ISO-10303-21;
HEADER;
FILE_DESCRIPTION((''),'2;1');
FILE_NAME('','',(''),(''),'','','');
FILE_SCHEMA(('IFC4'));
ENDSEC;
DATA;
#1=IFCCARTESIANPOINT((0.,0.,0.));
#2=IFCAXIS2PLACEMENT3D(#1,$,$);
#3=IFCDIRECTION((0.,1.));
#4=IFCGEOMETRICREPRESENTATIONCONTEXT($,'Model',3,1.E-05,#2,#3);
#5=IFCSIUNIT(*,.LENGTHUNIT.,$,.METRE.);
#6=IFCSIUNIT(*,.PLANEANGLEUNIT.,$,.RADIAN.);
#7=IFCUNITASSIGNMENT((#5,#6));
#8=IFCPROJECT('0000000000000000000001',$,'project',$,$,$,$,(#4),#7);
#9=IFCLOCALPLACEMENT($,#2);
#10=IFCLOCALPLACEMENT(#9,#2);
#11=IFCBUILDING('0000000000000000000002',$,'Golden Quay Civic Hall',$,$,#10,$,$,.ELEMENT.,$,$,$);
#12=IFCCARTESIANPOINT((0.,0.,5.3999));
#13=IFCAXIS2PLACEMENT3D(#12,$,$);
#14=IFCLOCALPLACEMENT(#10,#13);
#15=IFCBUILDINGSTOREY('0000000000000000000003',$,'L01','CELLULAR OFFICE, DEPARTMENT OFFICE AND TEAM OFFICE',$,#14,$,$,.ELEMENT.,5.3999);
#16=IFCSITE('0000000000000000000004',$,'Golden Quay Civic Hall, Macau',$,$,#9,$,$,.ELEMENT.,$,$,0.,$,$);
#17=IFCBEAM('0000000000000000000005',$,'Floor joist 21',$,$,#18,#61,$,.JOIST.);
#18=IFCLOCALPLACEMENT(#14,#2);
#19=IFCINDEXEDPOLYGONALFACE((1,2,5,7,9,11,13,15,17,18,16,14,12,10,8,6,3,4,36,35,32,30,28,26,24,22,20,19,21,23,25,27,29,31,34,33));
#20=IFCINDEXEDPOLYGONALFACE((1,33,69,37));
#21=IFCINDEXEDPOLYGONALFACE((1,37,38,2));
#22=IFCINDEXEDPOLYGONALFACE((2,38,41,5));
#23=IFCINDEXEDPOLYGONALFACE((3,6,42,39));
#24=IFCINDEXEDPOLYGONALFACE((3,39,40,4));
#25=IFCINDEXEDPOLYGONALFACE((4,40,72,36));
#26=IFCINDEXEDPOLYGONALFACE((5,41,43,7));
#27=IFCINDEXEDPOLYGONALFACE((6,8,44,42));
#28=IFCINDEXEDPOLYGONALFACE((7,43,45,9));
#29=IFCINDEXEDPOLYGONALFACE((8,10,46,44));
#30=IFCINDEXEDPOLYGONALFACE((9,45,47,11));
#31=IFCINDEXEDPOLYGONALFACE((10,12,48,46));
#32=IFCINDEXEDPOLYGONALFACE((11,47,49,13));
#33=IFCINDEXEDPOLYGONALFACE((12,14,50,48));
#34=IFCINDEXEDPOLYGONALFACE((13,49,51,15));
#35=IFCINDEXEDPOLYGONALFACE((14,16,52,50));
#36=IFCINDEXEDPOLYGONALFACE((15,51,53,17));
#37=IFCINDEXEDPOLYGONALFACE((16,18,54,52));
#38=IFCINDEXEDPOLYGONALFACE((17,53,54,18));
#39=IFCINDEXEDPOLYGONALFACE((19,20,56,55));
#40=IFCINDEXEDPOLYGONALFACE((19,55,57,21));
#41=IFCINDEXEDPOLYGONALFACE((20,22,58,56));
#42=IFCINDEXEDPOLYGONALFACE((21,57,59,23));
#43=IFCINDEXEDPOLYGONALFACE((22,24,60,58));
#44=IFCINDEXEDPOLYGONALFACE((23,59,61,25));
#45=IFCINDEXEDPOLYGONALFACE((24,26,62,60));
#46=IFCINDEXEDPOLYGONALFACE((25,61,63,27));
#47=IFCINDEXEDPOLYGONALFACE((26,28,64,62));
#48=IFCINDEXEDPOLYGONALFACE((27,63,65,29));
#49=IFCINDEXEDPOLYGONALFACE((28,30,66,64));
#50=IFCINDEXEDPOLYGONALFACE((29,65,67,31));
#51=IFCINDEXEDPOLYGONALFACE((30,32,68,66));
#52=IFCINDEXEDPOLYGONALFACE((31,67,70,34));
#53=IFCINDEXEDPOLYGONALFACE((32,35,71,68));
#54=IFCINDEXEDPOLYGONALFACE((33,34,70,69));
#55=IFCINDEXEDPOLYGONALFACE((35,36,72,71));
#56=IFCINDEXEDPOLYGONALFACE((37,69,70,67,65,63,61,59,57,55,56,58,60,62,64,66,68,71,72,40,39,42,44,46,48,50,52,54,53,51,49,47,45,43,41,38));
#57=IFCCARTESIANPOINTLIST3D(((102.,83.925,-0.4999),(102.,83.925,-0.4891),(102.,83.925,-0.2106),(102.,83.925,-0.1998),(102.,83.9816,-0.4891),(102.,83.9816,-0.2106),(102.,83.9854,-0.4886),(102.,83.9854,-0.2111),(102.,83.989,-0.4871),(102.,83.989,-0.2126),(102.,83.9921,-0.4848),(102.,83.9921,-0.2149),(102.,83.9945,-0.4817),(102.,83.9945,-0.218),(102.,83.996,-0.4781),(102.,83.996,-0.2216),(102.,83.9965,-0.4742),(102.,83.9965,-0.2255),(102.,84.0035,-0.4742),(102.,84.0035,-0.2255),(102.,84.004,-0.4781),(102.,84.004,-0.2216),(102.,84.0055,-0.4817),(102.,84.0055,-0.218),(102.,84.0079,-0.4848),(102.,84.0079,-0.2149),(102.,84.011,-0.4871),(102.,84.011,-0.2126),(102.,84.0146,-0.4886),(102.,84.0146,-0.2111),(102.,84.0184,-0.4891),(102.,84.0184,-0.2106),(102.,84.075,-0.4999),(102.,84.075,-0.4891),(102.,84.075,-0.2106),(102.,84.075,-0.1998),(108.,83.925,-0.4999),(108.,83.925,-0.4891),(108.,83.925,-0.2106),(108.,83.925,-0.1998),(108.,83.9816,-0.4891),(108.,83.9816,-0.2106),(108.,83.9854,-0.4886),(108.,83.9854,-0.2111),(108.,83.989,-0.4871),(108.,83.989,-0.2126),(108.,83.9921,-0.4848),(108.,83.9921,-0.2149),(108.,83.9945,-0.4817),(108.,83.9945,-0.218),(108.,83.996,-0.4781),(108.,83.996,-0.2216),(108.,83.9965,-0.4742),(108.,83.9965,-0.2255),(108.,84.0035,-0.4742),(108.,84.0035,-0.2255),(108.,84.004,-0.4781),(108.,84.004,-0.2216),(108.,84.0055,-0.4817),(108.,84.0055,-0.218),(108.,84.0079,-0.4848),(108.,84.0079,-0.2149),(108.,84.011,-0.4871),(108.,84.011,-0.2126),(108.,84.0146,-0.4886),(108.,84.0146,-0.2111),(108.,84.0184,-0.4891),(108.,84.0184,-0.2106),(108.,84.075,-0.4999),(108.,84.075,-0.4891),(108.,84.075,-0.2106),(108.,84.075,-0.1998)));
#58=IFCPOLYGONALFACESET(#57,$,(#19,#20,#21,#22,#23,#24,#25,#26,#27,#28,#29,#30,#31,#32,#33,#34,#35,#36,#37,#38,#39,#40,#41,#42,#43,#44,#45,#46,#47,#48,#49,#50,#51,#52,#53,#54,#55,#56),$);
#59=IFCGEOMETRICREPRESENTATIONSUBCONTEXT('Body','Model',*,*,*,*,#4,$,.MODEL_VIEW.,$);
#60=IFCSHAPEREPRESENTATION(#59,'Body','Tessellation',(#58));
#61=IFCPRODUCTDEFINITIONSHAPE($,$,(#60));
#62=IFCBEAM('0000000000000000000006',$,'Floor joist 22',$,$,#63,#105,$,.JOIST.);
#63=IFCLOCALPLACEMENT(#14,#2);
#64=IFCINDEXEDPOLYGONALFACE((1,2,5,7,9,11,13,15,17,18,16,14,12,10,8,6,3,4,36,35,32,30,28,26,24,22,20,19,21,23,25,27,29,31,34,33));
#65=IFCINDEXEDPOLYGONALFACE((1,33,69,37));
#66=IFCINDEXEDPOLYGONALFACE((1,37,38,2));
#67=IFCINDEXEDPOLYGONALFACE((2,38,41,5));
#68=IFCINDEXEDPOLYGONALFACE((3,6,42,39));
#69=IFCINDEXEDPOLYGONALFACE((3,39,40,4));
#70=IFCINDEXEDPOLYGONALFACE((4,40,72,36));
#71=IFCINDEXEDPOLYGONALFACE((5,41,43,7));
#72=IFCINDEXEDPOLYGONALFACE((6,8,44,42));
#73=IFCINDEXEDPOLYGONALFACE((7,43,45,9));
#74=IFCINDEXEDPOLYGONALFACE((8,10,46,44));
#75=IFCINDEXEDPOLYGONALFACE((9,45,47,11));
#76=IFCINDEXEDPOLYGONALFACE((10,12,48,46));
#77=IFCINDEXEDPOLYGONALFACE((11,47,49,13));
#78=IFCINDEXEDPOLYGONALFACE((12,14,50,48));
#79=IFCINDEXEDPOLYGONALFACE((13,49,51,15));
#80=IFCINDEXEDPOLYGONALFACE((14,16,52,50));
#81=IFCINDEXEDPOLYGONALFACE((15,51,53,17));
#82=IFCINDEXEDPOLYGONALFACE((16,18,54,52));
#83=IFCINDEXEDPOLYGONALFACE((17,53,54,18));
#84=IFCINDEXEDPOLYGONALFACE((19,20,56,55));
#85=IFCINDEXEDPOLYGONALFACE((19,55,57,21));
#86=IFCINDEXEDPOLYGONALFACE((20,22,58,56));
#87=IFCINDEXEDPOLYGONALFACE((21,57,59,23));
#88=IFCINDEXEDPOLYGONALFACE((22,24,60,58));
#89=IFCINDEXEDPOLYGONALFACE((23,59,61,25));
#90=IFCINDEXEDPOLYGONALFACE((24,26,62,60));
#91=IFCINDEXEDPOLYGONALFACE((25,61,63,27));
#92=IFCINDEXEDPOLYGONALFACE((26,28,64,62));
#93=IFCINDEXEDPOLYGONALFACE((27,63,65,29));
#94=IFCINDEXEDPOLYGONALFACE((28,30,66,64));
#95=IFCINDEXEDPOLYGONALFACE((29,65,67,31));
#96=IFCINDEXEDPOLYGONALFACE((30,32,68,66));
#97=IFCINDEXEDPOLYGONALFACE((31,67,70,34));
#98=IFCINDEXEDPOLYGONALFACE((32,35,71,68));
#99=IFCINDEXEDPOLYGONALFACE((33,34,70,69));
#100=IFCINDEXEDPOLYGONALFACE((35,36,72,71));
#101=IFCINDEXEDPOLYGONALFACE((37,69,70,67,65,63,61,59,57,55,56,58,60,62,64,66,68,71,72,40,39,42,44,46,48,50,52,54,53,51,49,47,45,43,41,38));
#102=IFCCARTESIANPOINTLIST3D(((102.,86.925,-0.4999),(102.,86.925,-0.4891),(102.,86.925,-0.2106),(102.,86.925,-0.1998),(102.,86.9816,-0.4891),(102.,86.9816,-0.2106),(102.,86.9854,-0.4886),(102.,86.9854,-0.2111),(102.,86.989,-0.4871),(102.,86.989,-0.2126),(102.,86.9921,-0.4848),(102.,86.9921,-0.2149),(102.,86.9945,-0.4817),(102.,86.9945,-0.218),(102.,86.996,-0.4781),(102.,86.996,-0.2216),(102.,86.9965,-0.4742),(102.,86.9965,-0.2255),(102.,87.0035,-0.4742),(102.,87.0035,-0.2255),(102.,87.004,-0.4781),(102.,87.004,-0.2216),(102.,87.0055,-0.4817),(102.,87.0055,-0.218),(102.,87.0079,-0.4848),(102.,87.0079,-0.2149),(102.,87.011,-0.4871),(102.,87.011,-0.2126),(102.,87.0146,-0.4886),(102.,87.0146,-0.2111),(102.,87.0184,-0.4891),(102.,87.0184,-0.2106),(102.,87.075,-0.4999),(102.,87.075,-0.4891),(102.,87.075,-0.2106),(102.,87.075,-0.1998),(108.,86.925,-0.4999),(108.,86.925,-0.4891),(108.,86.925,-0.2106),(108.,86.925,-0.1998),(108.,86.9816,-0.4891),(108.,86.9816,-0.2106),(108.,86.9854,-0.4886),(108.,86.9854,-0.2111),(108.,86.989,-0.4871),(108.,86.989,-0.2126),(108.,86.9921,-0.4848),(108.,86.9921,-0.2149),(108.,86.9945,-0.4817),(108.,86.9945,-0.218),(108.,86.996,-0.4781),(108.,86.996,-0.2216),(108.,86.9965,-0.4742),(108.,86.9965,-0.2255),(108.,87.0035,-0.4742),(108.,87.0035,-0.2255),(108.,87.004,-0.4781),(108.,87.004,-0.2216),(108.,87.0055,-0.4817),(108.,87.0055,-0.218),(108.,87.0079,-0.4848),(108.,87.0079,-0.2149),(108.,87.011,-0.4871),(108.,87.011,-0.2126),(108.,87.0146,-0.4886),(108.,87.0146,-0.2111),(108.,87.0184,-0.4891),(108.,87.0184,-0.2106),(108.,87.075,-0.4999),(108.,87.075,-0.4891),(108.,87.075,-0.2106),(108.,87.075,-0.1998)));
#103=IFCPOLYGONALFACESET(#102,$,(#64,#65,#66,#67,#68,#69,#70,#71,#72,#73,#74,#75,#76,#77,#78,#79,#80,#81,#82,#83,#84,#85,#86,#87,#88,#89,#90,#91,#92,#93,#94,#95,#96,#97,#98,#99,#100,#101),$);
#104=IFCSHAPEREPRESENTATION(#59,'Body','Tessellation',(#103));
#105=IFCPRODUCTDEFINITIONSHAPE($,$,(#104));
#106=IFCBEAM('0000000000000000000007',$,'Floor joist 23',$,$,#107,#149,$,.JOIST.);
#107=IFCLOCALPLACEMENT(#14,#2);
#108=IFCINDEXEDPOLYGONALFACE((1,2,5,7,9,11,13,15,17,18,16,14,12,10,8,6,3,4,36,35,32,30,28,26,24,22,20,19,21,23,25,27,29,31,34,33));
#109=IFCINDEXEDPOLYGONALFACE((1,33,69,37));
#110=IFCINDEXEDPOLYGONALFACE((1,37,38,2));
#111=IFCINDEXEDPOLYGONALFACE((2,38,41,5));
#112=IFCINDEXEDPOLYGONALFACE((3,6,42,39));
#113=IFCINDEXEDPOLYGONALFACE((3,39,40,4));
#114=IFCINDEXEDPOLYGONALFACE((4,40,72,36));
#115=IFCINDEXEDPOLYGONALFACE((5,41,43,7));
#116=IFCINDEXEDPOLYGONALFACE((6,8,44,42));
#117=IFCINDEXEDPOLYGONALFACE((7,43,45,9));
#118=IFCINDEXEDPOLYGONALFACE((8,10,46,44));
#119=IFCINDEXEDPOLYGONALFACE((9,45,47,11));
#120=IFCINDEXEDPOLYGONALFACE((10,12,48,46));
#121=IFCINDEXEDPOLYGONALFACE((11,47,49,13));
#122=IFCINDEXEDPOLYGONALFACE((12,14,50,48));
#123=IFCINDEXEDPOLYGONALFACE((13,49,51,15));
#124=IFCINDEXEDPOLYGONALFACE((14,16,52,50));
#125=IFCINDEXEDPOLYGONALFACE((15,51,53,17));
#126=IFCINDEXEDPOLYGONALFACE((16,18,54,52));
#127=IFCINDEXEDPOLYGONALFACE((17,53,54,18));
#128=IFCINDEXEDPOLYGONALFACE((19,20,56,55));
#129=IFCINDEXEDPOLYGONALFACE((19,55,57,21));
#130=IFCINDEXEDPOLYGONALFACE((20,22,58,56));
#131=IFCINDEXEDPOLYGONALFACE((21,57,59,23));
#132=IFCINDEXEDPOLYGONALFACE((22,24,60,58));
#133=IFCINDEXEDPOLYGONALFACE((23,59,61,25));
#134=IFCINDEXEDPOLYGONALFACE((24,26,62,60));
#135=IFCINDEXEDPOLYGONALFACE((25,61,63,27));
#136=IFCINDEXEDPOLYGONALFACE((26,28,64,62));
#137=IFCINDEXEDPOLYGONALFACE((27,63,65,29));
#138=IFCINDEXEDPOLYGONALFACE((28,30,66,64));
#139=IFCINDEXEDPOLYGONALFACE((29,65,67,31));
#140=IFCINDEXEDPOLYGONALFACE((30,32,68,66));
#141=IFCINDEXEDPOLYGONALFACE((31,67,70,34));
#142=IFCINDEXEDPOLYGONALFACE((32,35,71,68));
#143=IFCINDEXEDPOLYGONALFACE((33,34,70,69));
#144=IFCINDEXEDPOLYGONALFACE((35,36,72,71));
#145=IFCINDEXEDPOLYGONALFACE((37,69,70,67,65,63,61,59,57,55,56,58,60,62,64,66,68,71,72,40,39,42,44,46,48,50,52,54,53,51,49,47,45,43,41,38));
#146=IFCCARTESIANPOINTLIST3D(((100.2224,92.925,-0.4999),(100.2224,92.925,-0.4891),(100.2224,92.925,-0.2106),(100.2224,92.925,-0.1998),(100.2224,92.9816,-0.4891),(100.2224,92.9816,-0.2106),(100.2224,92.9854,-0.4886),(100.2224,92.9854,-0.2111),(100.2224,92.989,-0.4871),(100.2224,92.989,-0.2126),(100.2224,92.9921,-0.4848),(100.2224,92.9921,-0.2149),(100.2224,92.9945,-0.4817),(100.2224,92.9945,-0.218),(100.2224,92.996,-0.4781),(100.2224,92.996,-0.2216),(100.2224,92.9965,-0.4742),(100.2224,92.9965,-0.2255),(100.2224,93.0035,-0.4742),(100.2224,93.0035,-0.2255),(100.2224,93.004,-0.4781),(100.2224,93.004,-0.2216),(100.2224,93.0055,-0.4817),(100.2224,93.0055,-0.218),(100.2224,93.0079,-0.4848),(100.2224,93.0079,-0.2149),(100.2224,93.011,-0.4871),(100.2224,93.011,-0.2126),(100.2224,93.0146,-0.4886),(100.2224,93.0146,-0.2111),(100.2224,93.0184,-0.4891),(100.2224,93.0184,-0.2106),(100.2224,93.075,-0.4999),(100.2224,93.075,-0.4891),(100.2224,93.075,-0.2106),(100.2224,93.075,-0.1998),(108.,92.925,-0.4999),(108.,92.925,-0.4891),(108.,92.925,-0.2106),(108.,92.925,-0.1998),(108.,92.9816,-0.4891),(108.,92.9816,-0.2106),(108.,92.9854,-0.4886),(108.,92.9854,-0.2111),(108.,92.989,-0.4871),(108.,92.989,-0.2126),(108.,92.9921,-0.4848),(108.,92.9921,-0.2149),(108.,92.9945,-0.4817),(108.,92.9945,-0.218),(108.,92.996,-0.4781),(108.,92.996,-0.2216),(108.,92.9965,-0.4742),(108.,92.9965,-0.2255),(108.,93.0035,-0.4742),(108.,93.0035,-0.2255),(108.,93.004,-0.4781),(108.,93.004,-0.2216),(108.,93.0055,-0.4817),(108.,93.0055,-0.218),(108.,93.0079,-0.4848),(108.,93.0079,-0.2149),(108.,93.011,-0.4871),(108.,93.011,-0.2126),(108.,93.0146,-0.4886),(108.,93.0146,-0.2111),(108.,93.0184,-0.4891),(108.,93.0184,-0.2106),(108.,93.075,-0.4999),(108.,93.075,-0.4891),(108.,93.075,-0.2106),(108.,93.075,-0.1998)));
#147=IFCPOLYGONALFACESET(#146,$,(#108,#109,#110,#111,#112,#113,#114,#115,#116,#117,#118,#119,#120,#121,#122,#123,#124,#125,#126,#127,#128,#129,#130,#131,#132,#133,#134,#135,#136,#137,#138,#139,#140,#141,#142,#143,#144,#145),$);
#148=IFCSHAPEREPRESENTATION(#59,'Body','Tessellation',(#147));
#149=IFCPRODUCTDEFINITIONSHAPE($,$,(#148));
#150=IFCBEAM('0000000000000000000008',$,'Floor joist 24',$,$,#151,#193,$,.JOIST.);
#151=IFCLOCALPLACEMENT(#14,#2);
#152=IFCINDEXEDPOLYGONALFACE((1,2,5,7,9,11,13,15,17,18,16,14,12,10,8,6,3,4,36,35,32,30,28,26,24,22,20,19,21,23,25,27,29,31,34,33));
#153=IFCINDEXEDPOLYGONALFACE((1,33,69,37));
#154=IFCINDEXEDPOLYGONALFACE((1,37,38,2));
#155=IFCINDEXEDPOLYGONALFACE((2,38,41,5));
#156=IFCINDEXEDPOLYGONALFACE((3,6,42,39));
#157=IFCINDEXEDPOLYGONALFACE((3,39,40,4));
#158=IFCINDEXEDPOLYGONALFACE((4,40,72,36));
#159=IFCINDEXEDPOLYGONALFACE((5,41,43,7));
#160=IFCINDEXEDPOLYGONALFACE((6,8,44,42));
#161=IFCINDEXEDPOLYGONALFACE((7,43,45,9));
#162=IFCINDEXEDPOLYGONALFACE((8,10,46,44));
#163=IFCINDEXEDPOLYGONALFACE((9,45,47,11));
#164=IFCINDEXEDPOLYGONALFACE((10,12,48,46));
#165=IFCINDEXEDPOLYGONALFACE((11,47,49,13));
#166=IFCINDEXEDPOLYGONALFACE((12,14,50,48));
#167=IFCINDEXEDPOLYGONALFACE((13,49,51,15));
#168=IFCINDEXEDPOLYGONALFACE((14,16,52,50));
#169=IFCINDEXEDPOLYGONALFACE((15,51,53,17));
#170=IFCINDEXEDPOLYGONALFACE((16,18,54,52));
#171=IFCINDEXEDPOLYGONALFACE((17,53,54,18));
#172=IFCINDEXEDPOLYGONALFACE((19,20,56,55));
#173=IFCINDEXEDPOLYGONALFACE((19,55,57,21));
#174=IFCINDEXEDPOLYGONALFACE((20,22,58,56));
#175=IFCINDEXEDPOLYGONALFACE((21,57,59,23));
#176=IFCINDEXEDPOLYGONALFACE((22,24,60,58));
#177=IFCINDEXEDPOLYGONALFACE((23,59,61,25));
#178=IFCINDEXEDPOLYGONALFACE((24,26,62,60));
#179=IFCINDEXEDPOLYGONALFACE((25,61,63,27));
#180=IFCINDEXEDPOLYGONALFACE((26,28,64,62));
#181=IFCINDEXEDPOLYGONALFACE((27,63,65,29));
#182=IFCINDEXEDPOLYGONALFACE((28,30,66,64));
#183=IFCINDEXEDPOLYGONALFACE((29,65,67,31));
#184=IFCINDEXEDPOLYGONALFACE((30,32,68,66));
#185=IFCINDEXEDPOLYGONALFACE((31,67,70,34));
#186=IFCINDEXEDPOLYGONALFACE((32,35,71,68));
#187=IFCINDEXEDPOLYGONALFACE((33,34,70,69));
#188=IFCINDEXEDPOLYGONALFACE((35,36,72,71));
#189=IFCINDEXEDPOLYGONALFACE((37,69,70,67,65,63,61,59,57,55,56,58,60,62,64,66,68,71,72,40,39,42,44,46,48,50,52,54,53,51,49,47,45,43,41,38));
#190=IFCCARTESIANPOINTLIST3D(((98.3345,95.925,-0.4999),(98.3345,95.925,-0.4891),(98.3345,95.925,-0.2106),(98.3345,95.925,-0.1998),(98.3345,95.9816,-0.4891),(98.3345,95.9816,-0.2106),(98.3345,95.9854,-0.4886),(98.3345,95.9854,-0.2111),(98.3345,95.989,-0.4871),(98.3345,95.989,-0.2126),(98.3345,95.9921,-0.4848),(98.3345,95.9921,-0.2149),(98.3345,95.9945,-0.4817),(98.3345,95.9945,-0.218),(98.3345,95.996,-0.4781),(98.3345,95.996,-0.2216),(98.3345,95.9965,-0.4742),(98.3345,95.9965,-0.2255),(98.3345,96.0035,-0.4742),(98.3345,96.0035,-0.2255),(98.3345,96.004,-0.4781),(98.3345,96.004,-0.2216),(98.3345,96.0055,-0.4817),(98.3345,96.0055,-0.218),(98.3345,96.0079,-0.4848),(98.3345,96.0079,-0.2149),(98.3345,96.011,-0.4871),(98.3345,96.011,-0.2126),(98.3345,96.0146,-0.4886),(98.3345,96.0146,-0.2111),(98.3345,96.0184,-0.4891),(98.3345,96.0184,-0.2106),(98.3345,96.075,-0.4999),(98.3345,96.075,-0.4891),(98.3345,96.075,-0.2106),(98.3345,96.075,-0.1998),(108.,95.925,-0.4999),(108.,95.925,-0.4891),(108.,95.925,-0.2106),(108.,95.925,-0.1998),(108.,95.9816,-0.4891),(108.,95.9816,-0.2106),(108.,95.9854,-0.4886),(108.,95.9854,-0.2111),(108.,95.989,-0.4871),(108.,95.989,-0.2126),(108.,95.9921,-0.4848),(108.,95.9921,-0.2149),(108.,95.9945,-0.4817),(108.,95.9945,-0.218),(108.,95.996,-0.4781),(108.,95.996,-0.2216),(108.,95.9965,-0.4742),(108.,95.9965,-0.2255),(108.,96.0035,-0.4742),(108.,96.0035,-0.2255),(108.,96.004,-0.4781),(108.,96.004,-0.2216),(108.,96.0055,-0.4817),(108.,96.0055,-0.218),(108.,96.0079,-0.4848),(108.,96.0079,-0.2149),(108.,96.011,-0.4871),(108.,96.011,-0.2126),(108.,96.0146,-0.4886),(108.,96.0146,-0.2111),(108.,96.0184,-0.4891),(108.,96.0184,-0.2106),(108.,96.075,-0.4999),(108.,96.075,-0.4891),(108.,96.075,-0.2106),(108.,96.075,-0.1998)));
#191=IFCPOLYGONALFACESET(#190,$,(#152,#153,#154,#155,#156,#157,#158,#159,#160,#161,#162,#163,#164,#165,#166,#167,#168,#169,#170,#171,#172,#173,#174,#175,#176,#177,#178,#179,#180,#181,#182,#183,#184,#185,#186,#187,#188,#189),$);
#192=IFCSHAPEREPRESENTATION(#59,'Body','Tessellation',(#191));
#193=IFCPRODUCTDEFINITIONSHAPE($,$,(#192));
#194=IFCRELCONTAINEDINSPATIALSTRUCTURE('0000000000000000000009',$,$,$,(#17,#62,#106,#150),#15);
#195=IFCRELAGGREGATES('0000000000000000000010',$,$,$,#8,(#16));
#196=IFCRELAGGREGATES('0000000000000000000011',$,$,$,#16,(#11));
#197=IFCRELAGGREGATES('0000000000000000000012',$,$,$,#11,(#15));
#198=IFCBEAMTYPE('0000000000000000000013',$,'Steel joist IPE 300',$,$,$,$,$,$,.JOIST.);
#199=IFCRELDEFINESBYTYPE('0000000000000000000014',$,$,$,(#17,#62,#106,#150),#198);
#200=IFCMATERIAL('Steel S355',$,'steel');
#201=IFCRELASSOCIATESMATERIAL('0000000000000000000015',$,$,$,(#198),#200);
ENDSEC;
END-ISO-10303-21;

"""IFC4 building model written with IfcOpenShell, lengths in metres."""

from ifc_helpers import new_model, si_unit, direction, frame, origin, origin_2d, place, context, subcontext, project, spatial, i_section, extrude, material, material_profile, profile_set, type_object, element, save


model = new_model("IFC4")

# Units and contexts
model_context = context("Model", 3, precision=1e-05, world=origin(), true_north=direction((0.0, 1.0)))
body_context = subcontext(model_context, "Body", "Model", "MODEL_VIEW")
ifc_project = project(units=[si_unit("LENGTHUNIT", "METRE"), si_unit("PLANEANGLEUNIT", "RADIAN")], contexts=[model_context])

# Site, building, storey
site_placement = place(None, origin())
site = spatial("IfcSite", under=ifc_project, at=site_placement, Name="Golden Quay Civic Hall, Macau", CompositionType="ELEMENT", RefElevation=0.0)
building_placement = place(site_placement, origin())
building = spatial("IfcBuilding", under=site, at=building_placement, Name="Golden Quay Civic Hall", CompositionType="ELEMENT")
storey_placement = place(building_placement, frame((0.0, 0.0, 5.3999)))
storey = spatial("IfcBuildingStorey", under=building, at=storey_placement, Name="L01", Description="CELLULAR OFFICE, DEPARTMENT OFFICE AND TEAM OFFICE", CompositionType="ELEMENT", Elevation=5.3999)

# Beams
ifc_material_1 = material(Name="Steel S355", Category="steel")
ifc_material_profile_1 = material_profile(ifc_material_1, i_section(OverallWidth=0.1499, OverallDepth=0.3, WebThickness=0.0071, FlangeThickness=0.0107, FilletRadius=0.0149, at=origin_2d()), Name="IPE 300")
ifc_profile_set_1 = profile_set([ifc_material_profile_1], Name="Steel S355")
beam_type_1 = type_object("IfcBeamType", Name="Steel joist IPE 300", PredefinedType="JOIST", material=ifc_profile_set_1)
for number, where, z_axis, x_axis, name in (
    (1, (108.0, 84.0, -0.3499), (-1.0, 0.0, 0.0), (0.0, -1.0, 0.0), "Floor joist 21"),
    (2, (108.0, 87.0, -0.3499), (-1.0, 0.0, 0.0), (0.0, -1.0, 0.0), "Floor joist 22"),
):
    element("IfcBeam", number, at=place(storey_placement, frame(where, z_axis=z_axis, x_axis=x_axis)), inside=storey, type_object=beam_type_1, Name=name, PredefinedType="JOIST", context=body_context, shape_type="SweptSolid", body=[
        extrude(i_section(OverallWidth=0.1499, OverallDepth=0.3, WebThickness=0.0071, FlangeThickness=0.0107, FilletRadius=0.0149, at=origin_2d()), origin(), (0.0, 0.0, 1.0), 6.0),
    ])
beam_1_placement = place(storey_placement, frame((108.0, 93.0, -0.3499), z_axis=(-1.0, 0.0, 0.0), x_axis=(0.0, -1.0, 0.0)))
element("IfcBeam", 3, at=beam_1_placement, inside=storey, type_object=beam_type_1, Name="Floor joist 23", PredefinedType="JOIST", context=body_context, shape_type="SweptSolid", body=[
    extrude(i_section(OverallWidth=0.1499, OverallDepth=0.3, WebThickness=0.0071, FlangeThickness=0.0107, FilletRadius=0.0149, at=origin_2d()), origin(), (0.0, 0.0, 1.0), 7.7776),
])
beam_2_placement = place(storey_placement, frame((108.0, 96.0, -0.3499), z_axis=(-1.0, 0.0, 0.0), x_axis=(0.0, -1.0, 0.0)))
element("IfcBeam", 4, at=beam_2_placement, inside=storey, type_object=beam_type_1, Name="Floor joist 24", PredefinedType="JOIST", context=body_context, shape_type="SweptSolid", body=[
    extrude(i_section(OverallWidth=0.1499, OverallDepth=0.3, WebThickness=0.0071, FlangeThickness=0.0107, FilletRadius=0.0149, at=origin_2d()), origin(), (0.0, 0.0, 1.0), 9.6655),
])

save(model, "model.ifc")
